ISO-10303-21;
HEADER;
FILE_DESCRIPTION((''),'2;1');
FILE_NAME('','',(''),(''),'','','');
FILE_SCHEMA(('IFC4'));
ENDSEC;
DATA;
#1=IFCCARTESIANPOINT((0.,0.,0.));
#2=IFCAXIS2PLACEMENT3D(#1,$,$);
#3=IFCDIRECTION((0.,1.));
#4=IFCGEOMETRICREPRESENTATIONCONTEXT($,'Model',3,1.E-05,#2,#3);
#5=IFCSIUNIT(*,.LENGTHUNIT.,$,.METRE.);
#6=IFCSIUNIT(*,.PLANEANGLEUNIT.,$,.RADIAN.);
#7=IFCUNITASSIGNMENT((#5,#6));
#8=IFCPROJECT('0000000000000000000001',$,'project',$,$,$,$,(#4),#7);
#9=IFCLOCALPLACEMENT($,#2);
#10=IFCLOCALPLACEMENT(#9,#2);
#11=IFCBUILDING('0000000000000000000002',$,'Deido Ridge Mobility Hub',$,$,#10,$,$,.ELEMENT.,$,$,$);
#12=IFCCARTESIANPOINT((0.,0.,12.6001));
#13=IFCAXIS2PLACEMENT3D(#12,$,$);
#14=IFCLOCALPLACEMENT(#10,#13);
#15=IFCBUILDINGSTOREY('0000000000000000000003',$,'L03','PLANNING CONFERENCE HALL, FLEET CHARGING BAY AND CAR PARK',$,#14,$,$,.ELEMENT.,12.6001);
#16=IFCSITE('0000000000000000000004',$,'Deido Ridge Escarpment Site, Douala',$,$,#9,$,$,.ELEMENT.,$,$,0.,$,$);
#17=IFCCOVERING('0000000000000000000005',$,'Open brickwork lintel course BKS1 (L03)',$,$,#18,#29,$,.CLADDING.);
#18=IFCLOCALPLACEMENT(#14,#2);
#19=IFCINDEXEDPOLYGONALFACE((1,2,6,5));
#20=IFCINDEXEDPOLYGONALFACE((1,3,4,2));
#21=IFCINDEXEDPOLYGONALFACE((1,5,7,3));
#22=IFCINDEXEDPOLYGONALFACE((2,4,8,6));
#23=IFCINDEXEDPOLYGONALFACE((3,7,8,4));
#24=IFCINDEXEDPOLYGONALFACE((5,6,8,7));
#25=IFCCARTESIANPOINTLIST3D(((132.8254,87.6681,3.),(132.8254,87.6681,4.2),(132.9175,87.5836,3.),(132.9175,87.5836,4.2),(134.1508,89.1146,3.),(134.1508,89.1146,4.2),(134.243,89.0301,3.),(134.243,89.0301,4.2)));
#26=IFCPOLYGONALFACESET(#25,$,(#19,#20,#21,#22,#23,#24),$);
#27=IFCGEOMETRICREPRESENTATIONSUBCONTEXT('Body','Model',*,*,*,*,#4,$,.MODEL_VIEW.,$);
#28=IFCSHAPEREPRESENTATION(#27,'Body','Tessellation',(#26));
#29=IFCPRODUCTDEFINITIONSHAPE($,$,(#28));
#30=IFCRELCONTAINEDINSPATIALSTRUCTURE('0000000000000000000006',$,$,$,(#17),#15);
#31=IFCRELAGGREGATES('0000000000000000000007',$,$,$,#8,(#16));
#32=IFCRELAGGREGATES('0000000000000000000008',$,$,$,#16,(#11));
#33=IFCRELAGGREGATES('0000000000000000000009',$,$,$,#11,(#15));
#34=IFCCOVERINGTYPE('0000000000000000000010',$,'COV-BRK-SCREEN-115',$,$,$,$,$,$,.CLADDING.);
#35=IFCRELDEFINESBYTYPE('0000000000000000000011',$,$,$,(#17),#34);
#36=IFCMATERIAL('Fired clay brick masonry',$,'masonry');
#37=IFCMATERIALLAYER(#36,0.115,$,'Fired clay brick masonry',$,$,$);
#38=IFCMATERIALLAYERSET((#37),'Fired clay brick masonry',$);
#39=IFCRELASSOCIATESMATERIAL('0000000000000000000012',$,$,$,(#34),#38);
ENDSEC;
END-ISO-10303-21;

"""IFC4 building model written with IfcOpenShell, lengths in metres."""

from ifc_helpers import new_model, si_unit, direction, frame, origin, origin_2d, place, context, subcontext, project, spatial, rectangle, extrude, material, layer, layer_set, type_object, element, save


model = new_model("IFC4")

# Units and contexts
model_context = context("Model", 3, precision=1e-05, world=origin(), true_north=direction((0.0, 1.0)))
body_context = subcontext(model_context, "Body", "Model", "MODEL_VIEW")
ifc_project = project(units=[si_unit("LENGTHUNIT", "METRE"), si_unit("PLANEANGLEUNIT", "RADIAN")], contexts=[model_context])

# Site, building, storey
site_placement = place(None, origin())
site = spatial("IfcSite", under=ifc_project, at=site_placement, Name="Deido Ridge Escarpment Site, Douala", CompositionType="ELEMENT", RefElevation=0.0)
building_placement = place(site_placement, origin())
building = spatial("IfcBuilding", under=site, at=building_placement, Name="Deido Ridge Mobility Hub", CompositionType="ELEMENT")
storey_placement = place(building_placement, frame((0.0, 0.0, 12.6001)))
storey = spatial("IfcBuildingStorey", under=building, at=storey_placement, Name="L03", Description="PLANNING CONFERENCE HALL, FLEET CHARGING BAY AND CAR PARK", CompositionType="ELEMENT", Elevation=12.6001)

# Covering
ifc_material_1 = material(Name="Fired clay brick masonry", Category="masonry")
ifc_layer = layer(ifc_material_1, 0.115, Name="Fired clay brick masonry")
ifc_layer_set = layer_set([ifc_layer], Name="Fired clay brick masonry")
covering_type = type_object("IfcCoveringType", Name="COV-BRK-SCREEN-115", PredefinedType="CLADDING", material=ifc_layer_set)
covering_1_placement = place(storey_placement, frame((133.5342, 88.3491, 3.0), z_axis=(0.0, 0.0, 1.0), x_axis=(0.675577, 0.737289, 0.0)))
element("IfcCovering", 1, at=covering_1_placement, inside=storey, type_object=covering_type, Name="Open brickwork lintel course BKS1 (L03)", PredefinedType="CLADDING", context=body_context, shape_type="SweptSolid", body=[
    extrude(rectangle(XDim=1.9619, YDim=0.125, at=origin_2d()), origin(), (0.0, 0.0, 1.0), 1.2),
])

save(model, "model.ifc")
